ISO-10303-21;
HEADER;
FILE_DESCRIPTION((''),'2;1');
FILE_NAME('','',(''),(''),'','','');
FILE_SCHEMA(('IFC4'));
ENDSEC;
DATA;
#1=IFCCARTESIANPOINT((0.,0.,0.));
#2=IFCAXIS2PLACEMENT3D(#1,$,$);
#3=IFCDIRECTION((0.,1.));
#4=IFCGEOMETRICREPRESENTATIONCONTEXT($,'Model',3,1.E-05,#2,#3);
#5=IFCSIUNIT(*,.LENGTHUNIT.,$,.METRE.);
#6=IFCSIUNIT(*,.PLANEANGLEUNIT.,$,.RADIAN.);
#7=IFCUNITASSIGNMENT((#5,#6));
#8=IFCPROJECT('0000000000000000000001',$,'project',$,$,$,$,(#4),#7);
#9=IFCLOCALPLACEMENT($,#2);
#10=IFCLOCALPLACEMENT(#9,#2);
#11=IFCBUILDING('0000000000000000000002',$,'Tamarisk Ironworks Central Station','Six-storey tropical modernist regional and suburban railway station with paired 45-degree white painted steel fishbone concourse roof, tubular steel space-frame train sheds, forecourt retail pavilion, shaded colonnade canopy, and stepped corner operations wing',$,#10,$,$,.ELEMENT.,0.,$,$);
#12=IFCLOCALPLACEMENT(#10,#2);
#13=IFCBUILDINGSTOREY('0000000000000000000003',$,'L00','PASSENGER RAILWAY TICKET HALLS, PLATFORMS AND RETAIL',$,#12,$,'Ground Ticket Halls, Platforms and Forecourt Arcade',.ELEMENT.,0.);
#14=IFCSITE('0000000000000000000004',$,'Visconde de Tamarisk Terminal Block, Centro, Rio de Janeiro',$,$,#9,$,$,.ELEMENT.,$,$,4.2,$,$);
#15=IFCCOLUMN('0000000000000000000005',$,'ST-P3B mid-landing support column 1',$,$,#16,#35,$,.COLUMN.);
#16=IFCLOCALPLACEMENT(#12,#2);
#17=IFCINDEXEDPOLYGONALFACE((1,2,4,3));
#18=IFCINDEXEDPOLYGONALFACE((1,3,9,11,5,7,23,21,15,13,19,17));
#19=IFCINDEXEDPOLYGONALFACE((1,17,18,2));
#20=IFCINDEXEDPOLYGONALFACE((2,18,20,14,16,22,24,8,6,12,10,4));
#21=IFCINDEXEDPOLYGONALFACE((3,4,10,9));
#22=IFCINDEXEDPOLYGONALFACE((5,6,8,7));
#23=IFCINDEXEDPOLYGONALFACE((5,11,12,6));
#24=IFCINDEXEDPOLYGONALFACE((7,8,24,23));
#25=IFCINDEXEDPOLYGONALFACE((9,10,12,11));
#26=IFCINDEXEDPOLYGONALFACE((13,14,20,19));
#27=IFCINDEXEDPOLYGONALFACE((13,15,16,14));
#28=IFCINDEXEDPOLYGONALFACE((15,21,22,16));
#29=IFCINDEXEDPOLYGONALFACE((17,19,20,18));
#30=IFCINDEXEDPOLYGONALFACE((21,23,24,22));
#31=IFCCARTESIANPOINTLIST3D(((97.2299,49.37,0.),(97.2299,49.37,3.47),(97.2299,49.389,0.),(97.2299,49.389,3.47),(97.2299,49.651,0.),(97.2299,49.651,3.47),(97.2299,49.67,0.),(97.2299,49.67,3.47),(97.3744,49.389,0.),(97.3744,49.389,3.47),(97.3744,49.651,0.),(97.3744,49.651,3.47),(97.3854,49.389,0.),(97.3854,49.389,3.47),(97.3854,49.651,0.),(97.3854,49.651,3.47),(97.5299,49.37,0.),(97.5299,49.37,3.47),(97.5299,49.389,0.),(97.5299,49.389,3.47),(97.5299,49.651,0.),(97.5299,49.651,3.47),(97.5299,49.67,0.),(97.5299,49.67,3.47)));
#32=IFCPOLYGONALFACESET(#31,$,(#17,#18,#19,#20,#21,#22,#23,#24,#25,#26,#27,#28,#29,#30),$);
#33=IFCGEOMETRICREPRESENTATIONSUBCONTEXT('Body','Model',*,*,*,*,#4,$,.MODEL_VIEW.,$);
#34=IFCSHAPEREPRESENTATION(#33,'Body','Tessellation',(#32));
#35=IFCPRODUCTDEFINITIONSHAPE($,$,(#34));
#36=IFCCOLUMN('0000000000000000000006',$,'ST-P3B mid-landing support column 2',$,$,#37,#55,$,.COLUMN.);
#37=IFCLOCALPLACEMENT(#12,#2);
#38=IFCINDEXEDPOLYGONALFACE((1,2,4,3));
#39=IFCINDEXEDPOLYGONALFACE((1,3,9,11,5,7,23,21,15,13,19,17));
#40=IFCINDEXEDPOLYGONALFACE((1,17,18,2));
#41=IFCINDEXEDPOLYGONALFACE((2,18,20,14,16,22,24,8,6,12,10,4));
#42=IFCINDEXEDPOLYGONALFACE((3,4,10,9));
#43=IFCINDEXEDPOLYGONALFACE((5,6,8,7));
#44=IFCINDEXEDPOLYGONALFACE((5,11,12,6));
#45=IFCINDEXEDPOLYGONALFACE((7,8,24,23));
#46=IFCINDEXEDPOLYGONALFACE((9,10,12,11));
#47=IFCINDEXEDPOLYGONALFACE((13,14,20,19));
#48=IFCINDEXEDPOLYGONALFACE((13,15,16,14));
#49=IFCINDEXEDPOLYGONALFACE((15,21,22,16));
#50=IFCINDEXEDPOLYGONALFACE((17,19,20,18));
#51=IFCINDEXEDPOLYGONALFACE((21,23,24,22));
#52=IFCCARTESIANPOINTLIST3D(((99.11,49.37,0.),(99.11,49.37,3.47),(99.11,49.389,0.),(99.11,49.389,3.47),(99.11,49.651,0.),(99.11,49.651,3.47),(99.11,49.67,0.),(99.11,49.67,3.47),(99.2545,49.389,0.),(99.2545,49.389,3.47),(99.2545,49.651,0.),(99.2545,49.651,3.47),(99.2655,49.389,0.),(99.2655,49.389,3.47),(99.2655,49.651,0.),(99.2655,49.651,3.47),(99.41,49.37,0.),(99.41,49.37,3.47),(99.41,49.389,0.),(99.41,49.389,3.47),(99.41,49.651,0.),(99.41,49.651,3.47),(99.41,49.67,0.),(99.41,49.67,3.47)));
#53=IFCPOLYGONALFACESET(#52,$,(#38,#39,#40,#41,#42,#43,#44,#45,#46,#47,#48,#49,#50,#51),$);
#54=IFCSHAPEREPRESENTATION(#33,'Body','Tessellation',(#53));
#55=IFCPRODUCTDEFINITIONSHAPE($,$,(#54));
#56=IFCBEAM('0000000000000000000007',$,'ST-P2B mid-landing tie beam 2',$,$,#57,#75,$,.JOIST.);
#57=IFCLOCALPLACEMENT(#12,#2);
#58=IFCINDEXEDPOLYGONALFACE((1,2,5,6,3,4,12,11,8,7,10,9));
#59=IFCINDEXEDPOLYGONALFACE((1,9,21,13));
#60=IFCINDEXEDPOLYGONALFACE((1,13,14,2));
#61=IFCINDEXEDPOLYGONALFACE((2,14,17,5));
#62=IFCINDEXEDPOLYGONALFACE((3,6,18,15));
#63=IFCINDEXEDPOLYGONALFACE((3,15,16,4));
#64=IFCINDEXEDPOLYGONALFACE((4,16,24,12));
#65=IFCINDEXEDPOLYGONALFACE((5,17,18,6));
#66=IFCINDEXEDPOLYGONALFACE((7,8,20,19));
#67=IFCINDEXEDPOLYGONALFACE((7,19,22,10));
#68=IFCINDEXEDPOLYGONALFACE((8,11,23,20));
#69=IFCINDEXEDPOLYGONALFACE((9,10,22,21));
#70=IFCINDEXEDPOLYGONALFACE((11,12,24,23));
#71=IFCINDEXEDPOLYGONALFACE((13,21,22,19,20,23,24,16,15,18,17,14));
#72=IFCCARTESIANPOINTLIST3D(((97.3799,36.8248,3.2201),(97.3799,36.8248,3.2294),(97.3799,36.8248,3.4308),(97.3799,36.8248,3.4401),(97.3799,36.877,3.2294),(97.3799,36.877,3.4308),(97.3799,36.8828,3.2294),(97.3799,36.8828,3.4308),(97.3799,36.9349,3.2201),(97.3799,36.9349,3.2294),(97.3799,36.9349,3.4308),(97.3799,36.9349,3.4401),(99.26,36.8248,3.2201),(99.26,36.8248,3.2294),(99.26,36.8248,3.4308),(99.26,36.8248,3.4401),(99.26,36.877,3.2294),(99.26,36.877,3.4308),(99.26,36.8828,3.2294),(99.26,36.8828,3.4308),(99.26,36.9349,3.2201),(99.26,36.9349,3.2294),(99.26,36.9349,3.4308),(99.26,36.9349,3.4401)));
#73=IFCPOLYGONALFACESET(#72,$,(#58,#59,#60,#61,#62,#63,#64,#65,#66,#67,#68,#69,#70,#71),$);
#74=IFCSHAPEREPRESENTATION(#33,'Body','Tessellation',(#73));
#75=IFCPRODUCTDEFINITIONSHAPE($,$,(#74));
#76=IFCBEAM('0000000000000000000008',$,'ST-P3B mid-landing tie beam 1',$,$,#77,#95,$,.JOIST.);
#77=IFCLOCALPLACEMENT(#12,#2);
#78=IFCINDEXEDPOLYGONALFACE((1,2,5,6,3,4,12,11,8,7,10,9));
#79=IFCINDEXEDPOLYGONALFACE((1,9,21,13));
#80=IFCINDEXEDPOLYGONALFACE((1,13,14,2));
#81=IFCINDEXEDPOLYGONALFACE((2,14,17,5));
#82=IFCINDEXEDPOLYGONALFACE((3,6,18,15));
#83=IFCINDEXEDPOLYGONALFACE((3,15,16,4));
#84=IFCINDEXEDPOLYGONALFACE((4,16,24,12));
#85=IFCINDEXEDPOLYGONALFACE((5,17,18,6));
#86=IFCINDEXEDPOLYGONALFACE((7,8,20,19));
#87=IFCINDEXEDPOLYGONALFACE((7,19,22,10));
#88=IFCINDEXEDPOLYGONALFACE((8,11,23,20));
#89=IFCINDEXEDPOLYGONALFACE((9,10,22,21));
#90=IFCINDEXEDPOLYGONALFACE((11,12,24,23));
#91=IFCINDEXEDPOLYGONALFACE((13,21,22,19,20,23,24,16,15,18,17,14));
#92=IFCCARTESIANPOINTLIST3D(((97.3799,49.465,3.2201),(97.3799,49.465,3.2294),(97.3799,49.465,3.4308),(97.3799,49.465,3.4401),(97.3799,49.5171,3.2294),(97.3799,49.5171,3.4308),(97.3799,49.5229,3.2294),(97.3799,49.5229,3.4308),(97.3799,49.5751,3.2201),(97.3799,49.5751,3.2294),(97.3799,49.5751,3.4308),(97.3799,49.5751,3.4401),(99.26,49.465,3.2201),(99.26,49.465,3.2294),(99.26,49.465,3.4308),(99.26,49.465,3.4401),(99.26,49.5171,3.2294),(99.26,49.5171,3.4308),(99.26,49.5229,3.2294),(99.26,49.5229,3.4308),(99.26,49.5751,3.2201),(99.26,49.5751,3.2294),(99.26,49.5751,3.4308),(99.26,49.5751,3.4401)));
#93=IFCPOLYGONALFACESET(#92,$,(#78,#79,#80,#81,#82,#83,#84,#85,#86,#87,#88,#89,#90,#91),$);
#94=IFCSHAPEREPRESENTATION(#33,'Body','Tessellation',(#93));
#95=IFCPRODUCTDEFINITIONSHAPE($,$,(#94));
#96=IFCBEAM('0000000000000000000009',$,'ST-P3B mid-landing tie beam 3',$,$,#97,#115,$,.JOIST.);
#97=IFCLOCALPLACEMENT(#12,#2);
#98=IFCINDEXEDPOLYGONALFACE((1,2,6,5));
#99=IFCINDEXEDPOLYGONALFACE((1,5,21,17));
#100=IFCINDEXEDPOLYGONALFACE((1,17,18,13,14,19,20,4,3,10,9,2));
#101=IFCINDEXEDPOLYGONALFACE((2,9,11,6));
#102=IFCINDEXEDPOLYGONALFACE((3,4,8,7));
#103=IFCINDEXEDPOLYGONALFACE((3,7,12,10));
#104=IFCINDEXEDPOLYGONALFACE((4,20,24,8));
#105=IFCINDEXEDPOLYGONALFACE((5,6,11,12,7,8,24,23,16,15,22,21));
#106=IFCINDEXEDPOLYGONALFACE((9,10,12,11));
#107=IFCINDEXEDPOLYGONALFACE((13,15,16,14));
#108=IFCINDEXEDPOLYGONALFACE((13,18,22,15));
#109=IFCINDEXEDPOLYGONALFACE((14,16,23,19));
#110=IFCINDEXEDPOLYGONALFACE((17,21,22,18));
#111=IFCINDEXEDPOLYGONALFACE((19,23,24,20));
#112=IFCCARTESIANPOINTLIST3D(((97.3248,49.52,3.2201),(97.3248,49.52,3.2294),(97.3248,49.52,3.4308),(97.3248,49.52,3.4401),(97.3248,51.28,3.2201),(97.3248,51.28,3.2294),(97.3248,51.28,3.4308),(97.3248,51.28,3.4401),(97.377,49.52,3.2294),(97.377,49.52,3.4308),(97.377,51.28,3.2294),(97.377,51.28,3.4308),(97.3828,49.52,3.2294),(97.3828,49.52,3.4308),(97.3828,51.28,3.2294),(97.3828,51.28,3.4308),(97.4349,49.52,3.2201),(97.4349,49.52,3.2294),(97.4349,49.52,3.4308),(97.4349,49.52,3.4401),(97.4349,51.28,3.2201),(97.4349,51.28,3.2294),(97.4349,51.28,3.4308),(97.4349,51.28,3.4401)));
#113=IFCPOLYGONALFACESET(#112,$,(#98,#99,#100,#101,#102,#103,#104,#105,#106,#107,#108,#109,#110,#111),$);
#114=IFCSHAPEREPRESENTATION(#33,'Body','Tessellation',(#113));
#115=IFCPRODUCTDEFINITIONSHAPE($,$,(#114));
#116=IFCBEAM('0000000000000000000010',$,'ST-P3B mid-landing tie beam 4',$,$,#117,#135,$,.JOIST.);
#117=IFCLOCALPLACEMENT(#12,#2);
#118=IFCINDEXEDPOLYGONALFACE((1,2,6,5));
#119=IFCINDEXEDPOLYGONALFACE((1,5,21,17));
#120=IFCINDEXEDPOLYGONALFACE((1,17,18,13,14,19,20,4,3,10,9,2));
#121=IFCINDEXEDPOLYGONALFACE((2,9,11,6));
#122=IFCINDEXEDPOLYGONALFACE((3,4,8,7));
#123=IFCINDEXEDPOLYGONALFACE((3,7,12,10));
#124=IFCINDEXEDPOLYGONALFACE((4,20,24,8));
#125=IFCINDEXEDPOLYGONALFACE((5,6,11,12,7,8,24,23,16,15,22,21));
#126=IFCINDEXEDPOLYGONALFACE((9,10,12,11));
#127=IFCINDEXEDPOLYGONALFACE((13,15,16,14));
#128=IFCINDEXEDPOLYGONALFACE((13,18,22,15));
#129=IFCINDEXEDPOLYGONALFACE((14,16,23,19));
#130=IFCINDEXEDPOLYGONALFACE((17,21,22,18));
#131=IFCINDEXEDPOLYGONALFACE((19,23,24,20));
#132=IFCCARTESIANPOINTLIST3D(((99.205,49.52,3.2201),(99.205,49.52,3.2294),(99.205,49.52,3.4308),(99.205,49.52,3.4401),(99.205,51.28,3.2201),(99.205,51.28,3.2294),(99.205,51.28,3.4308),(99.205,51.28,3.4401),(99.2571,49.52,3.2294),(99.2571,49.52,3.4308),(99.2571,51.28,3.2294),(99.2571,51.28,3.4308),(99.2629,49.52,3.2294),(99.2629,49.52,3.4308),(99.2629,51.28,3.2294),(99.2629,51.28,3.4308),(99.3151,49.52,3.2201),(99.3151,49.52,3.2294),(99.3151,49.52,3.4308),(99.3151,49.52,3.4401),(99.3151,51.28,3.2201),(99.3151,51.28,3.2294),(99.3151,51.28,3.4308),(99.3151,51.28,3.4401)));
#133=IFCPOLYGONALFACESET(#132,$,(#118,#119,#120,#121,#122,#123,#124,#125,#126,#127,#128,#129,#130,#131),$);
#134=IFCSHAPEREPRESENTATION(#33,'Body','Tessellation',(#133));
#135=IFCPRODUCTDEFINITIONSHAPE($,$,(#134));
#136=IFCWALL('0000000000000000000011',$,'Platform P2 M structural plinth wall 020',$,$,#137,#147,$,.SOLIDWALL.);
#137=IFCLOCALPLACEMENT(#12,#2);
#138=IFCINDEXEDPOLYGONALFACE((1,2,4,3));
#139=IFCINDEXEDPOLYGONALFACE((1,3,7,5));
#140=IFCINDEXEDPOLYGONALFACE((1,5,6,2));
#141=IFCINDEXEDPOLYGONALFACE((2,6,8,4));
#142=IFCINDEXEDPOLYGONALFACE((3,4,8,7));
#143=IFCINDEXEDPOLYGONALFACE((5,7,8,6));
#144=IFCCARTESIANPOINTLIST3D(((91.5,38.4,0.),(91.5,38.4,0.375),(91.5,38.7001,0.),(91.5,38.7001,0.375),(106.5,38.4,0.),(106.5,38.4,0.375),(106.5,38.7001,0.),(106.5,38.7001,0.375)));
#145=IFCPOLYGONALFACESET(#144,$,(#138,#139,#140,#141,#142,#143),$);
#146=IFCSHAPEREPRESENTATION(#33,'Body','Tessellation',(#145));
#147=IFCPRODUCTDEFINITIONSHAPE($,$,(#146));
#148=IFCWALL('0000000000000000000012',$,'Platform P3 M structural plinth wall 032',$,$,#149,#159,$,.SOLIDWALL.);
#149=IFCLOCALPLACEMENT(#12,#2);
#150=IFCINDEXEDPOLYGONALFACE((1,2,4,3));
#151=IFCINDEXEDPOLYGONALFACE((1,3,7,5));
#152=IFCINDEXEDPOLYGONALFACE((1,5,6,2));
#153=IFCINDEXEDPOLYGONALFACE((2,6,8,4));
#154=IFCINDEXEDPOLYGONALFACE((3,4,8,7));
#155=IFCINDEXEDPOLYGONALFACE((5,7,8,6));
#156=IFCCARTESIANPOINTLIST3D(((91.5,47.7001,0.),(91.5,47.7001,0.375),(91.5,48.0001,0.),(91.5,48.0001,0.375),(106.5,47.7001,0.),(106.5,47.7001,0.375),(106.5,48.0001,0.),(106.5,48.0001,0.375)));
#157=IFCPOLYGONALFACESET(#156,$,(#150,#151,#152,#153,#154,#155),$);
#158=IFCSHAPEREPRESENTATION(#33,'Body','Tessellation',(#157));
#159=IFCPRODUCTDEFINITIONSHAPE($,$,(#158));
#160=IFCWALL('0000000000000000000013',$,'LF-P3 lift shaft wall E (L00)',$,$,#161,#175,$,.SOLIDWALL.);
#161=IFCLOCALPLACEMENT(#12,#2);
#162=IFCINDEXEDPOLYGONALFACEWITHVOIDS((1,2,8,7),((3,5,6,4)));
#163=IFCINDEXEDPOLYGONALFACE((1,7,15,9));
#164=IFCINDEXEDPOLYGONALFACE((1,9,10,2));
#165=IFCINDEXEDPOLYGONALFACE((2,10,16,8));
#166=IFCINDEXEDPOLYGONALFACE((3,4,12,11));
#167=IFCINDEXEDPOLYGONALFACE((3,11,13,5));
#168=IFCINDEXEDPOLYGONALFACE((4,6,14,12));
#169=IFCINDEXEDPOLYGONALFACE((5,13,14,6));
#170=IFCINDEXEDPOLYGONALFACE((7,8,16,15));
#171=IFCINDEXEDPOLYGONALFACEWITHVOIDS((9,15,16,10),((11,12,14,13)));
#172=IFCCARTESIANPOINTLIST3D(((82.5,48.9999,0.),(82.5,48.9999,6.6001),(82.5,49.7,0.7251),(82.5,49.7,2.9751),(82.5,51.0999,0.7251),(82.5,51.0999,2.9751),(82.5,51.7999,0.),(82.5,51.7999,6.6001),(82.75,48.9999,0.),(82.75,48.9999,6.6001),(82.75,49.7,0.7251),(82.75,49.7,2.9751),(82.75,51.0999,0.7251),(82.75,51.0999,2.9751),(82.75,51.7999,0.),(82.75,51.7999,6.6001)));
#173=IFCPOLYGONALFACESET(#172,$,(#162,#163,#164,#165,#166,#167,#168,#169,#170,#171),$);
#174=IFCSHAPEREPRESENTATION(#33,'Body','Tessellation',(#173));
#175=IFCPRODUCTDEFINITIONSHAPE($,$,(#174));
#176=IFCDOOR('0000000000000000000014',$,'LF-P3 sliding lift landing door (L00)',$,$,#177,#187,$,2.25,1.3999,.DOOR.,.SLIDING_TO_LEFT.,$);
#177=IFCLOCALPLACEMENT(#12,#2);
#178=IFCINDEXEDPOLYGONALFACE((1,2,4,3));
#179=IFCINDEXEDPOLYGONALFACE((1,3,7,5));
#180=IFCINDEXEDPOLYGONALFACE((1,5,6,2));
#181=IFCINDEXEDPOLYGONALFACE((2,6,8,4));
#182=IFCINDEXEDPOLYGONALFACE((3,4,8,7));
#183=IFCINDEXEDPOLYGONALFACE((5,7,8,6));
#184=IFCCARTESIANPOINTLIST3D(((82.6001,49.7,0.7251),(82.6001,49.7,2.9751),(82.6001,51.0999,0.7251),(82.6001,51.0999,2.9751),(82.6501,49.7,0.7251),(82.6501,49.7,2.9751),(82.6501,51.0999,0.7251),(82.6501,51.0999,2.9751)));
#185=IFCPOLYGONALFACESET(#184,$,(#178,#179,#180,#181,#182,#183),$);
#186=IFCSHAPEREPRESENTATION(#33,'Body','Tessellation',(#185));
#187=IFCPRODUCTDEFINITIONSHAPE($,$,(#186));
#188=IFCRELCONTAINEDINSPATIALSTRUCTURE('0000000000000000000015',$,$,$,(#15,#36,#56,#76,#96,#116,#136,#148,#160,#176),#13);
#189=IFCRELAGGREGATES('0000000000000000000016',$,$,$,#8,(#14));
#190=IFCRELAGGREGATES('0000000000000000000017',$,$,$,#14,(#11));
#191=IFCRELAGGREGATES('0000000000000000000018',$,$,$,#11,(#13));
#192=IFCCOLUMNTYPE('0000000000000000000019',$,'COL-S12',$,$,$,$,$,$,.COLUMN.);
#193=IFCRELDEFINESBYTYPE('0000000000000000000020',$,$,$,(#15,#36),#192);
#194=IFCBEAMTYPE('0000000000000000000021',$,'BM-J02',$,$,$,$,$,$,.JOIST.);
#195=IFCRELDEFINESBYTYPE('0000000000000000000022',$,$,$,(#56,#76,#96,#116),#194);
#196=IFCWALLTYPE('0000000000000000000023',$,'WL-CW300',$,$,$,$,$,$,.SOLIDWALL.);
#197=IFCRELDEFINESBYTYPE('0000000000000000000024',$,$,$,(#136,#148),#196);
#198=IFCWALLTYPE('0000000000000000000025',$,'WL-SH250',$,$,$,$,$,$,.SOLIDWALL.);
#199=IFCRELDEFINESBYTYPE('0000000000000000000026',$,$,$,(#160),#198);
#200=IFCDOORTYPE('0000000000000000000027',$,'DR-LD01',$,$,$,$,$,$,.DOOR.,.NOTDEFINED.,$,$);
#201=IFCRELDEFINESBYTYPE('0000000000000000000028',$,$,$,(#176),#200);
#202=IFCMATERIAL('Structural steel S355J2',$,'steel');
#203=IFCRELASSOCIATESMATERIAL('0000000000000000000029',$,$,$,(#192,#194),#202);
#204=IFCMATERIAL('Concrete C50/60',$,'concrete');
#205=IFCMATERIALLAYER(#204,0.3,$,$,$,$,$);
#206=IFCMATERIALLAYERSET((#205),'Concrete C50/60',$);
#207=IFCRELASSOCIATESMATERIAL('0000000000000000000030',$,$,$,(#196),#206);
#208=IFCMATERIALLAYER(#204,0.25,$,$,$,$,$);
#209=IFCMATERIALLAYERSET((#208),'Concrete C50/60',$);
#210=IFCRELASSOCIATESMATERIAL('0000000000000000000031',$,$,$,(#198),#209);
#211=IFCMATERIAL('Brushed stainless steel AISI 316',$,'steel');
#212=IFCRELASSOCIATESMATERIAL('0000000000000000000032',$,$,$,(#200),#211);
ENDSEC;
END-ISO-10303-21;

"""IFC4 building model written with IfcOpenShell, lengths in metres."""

from ifc_helpers import new_model, si_unit, direction, frame, frame_2d, origin, origin_2d, place, context, subcontext, project, spatial, rectangle, i_section, extrude, material, layer, layer_set, material_profile, profile_set, type_object, element, fill, save


model = new_model("IFC4")

# Units and contexts
model_context = context("Model", 3, precision=1e-05, world=origin(), true_north=direction((0.0, 1.0)))
body_context = subcontext(model_context, "Body", "Model", "MODEL_VIEW")
ifc_project = project(units=[si_unit("LENGTHUNIT", "METRE"), si_unit("PLANEANGLEUNIT", "RADIAN")], contexts=[model_context])

# Site, building, storey
site_placement = place(None, origin())
site = spatial("IfcSite", under=ifc_project, at=site_placement, Name="Visconde de Tamarisk Terminal Block, Centro, Rio de Janeiro", CompositionType="ELEMENT", RefElevation=4.2)
building_placement = place(site_placement, origin())
building = spatial("IfcBuilding", under=site, at=building_placement, Name="Tamarisk Ironworks Central Station", Description="Six-storey tropical modernist regional and suburban railway station with paired 45-degree white painted steel fishbone concourse roof, tubular steel space-frame train sheds, forecourt retail pavilion, shaded colonnade canopy, and stepped corner operations wing", CompositionType="ELEMENT", ElevationOfRefHeight=0.0)
storey_placement = place(building_placement, origin())
storey = spatial("IfcBuildingStorey", under=building, at=storey_placement, Name="L00", Description="PASSENGER RAILWAY TICKET HALLS, PLATFORMS AND RETAIL", LongName="Ground Ticket Halls, Platforms and Forecourt Arcade", CompositionType="ELEMENT", Elevation=0.0)

# Columns
ifc_material_1 = material(Name="Structural steel S355J2", Category="steel")
ifc_material_profile_1 = material_profile(ifc_material_1, i_section(OverallWidth=0.3, OverallDepth=0.3, WebThickness=0.011, FlangeThickness=0.019, at=origin_2d()), Name="HEB 300")
ifc_profile_set_1 = profile_set([ifc_material_profile_1], Name="Structural steel S355J2")
column_type_1 = type_object("IfcColumnType", Name="COL-S12", PredefinedType="COLUMN", material=ifc_profile_set_1)
for number, where, z_axis, x_axis, name in (
    (1, (97.3799, 49.52, 0.0), (0.0, 0.0, 1.0), (1.0, 0.0, 0.0), "ST-P3B mid-landing support column 1"),
    (2, (99.26, 49.52, 0.0), (0.0, 0.0, 1.0), (1.0, 0.0, 0.0), "ST-P3B mid-landing support column 2"),
):
    element("IfcColumn", number, at=place(storey_placement, frame(where, z_axis=z_axis, x_axis=x_axis)), inside=storey, type_object=column_type_1, Name=name, PredefinedType="COLUMN", context=body_context, shape_type="SweptSolid", body=[
        extrude(i_section(OverallWidth=0.3, OverallDepth=0.3, WebThickness=0.011, FlangeThickness=0.019, at=origin_2d()), origin(), (0.0, 0.0, 1.0), 3.47),
    ])

# Beams
ifc_material_profile_2 = material_profile(ifc_material_1, i_section(OverallWidth=0.1101, OverallDepth=0.22, WebThickness=0.0059, FlangeThickness=0.0093, at=origin_2d()), Name="IPE 220")
ifc_profile_set_2 = profile_set([ifc_material_profile_2], Name="Structural steel S355J2")
beam_type = type_object("IfcBeamType", Name="BM-J02", PredefinedType="JOIST", material=ifc_profile_set_2)
for number, where, z_axis, x_axis, name in (
    (3, (97.3799, 36.8799, 3.3301), (1.0, 0.0, 0.0), (0.0, 1.0, 0.0), "ST-P2B mid-landing tie beam 2"),
    (4, (97.3799, 49.52, 3.3301), (1.0, 0.0, 0.0), (0.0, 1.0, 0.0), "ST-P3B mid-landing tie beam 1"),
):
    element("IfcBeam", number, at=place(storey_placement, frame(where, z_axis=z_axis, x_axis=x_axis)), inside=storey, type_object=beam_type, Name=name, PredefinedType="JOIST", context=body_context, shape_type="SweptSolid", body=[
        extrude(i_section(OverallWidth=0.1101, OverallDepth=0.22, WebThickness=0.0059, FlangeThickness=0.0093, at=origin_2d()), origin(), (0.0, 0.0, 1.0), 1.8801),
    ])
for number, where, z_axis, x_axis, name in (
    (5, (97.3799, 49.52, 3.3301), (0.0, 1.0, 0.0), (-1.0, 0.0, 0.0), "ST-P3B mid-landing tie beam 3"),
    (6, (99.26, 49.52, 3.3301), (0.0, 1.0, 0.0), (-1.0, 0.0, 0.0), "ST-P3B mid-landing tie beam 4"),
):
    element("IfcBeam", number, at=place(storey_placement, frame(where, z_axis=z_axis, x_axis=x_axis)), inside=storey, type_object=beam_type, Name=name, PredefinedType="JOIST", context=body_context, shape_type="SweptSolid", body=[
        extrude(i_section(OverallWidth=0.1101, OverallDepth=0.22, WebThickness=0.0059, FlangeThickness=0.0093, at=origin_2d()), origin(), (0.0, 0.0, 1.0), 1.76),
    ])

# Walls
ifc_material_2 = material(Name="Concrete C50/60", Category="concrete")
ifc_layer_1 = layer(ifc_material_2, 0.3)
ifc_layer_set_1 = layer_set([ifc_layer_1], Name="Concrete C50/60")
wall_type_1 = type_object("IfcWallType", Name="WL-CW300", PredefinedType="SOLIDWALL", material=ifc_layer_set_1)
for number, where, z_axis, x_axis, name in (
    (7, (91.5, 38.55, 0.0), (0.0, 0.0, 1.0), (1.0, 0.0, 0.0), "Platform P2 M structural plinth wall 020"),
    (8, (91.5, 47.8501, 0.0), (0.0, 0.0, 1.0), (1.0, 0.0, 0.0), "Platform P3 M structural plinth wall 032"),
):
    element("IfcWall", number, at=place(storey_placement, frame(where, z_axis=z_axis, x_axis=x_axis)), inside=storey, type_object=wall_type_1, Name=name, PredefinedType="SOLIDWALL", context=body_context, shape_type="SweptSolid", body=[
        extrude(rectangle(XDim=15.0, YDim=0.3, at=frame_2d((7.5, 0.0))), origin(), (0.0, 0.0, 1.0), 0.375),
    ])

# Wall, opening, door
ifc_layer_2 = layer(ifc_material_2, 0.25)
ifc_layer_set_2 = layer_set([ifc_layer_2], Name="Concrete C50/60")
wall_type_2 = type_object("IfcWallType", Name="WL-SH250", PredefinedType="SOLIDWALL", material=ifc_layer_set_2)
wall_placement = place(storey_placement, frame((82.625, 49.0, 0.0), z_axis=(0.0, 0.0, 1.0), x_axis=(0.0, 1.0, 0.0)))
wall = element("IfcWall", 9, at=wall_placement, inside=storey, type_object=wall_type_2, Name="LF-P3 lift shaft wall E (L00)", PredefinedType="SOLIDWALL", context=body_context, shape_type="SweptSolid", body=[
    extrude(rectangle(XDim=2.8, YDim=0.25, at=frame_2d((1.3999, 0.0))), origin(), (0.0, 0.0, 1.0), 6.6001),
])
opening_placement = place(wall_placement, frame((0.7, 0.0, 0.7251)))
opening = element("IfcOpeningElement", 10, at=opening_placement, cuts=wall, PredefinedType="OPENING", context=body_context, shape_type="SweptSolid", body=[
    extrude(rectangle(XDim=1.3999, YDim=2.25, at=frame_2d((0.7, 1.125))), frame((0.0, 0.137, 0.0), z_axis=(0.0, -1.0, 0.0), x_axis=(1.0, 0.0, 0.0)), (0.0, 0.0, 1.0), 0.2739),
])
ifc_material_3 = material(Name="Brushed stainless steel AISI 316", Category="steel")
door_type = type_object("IfcDoorType", Name="DR-LD01", OperationType="NOTDEFINED", PredefinedType="DOOR", material=ifc_material_3)
door_placement = place(opening_placement, origin())
door = element("IfcDoor", 11, at=door_placement, inside=storey, type_object=door_type, Name="LF-P3 sliding lift landing door (L00)", OperationType="SLIDING_TO_LEFT", OverallHeight=2.25, OverallWidth=1.3999, PredefinedType="DOOR", context=body_context, shape_type="SweptSolid", body=[
    extrude(rectangle(XDim=1.3999, YDim=2.25, at=frame_2d((0.7, 1.125))), frame((0.0, 0.0249, 0.0), z_axis=(0.0, -1.0, 0.0), x_axis=(1.0, 0.0, 0.0)), (0.0, 0.0, 1.0), 0.05),
])
fill(opening, door)

save(model, "model.ifc")
